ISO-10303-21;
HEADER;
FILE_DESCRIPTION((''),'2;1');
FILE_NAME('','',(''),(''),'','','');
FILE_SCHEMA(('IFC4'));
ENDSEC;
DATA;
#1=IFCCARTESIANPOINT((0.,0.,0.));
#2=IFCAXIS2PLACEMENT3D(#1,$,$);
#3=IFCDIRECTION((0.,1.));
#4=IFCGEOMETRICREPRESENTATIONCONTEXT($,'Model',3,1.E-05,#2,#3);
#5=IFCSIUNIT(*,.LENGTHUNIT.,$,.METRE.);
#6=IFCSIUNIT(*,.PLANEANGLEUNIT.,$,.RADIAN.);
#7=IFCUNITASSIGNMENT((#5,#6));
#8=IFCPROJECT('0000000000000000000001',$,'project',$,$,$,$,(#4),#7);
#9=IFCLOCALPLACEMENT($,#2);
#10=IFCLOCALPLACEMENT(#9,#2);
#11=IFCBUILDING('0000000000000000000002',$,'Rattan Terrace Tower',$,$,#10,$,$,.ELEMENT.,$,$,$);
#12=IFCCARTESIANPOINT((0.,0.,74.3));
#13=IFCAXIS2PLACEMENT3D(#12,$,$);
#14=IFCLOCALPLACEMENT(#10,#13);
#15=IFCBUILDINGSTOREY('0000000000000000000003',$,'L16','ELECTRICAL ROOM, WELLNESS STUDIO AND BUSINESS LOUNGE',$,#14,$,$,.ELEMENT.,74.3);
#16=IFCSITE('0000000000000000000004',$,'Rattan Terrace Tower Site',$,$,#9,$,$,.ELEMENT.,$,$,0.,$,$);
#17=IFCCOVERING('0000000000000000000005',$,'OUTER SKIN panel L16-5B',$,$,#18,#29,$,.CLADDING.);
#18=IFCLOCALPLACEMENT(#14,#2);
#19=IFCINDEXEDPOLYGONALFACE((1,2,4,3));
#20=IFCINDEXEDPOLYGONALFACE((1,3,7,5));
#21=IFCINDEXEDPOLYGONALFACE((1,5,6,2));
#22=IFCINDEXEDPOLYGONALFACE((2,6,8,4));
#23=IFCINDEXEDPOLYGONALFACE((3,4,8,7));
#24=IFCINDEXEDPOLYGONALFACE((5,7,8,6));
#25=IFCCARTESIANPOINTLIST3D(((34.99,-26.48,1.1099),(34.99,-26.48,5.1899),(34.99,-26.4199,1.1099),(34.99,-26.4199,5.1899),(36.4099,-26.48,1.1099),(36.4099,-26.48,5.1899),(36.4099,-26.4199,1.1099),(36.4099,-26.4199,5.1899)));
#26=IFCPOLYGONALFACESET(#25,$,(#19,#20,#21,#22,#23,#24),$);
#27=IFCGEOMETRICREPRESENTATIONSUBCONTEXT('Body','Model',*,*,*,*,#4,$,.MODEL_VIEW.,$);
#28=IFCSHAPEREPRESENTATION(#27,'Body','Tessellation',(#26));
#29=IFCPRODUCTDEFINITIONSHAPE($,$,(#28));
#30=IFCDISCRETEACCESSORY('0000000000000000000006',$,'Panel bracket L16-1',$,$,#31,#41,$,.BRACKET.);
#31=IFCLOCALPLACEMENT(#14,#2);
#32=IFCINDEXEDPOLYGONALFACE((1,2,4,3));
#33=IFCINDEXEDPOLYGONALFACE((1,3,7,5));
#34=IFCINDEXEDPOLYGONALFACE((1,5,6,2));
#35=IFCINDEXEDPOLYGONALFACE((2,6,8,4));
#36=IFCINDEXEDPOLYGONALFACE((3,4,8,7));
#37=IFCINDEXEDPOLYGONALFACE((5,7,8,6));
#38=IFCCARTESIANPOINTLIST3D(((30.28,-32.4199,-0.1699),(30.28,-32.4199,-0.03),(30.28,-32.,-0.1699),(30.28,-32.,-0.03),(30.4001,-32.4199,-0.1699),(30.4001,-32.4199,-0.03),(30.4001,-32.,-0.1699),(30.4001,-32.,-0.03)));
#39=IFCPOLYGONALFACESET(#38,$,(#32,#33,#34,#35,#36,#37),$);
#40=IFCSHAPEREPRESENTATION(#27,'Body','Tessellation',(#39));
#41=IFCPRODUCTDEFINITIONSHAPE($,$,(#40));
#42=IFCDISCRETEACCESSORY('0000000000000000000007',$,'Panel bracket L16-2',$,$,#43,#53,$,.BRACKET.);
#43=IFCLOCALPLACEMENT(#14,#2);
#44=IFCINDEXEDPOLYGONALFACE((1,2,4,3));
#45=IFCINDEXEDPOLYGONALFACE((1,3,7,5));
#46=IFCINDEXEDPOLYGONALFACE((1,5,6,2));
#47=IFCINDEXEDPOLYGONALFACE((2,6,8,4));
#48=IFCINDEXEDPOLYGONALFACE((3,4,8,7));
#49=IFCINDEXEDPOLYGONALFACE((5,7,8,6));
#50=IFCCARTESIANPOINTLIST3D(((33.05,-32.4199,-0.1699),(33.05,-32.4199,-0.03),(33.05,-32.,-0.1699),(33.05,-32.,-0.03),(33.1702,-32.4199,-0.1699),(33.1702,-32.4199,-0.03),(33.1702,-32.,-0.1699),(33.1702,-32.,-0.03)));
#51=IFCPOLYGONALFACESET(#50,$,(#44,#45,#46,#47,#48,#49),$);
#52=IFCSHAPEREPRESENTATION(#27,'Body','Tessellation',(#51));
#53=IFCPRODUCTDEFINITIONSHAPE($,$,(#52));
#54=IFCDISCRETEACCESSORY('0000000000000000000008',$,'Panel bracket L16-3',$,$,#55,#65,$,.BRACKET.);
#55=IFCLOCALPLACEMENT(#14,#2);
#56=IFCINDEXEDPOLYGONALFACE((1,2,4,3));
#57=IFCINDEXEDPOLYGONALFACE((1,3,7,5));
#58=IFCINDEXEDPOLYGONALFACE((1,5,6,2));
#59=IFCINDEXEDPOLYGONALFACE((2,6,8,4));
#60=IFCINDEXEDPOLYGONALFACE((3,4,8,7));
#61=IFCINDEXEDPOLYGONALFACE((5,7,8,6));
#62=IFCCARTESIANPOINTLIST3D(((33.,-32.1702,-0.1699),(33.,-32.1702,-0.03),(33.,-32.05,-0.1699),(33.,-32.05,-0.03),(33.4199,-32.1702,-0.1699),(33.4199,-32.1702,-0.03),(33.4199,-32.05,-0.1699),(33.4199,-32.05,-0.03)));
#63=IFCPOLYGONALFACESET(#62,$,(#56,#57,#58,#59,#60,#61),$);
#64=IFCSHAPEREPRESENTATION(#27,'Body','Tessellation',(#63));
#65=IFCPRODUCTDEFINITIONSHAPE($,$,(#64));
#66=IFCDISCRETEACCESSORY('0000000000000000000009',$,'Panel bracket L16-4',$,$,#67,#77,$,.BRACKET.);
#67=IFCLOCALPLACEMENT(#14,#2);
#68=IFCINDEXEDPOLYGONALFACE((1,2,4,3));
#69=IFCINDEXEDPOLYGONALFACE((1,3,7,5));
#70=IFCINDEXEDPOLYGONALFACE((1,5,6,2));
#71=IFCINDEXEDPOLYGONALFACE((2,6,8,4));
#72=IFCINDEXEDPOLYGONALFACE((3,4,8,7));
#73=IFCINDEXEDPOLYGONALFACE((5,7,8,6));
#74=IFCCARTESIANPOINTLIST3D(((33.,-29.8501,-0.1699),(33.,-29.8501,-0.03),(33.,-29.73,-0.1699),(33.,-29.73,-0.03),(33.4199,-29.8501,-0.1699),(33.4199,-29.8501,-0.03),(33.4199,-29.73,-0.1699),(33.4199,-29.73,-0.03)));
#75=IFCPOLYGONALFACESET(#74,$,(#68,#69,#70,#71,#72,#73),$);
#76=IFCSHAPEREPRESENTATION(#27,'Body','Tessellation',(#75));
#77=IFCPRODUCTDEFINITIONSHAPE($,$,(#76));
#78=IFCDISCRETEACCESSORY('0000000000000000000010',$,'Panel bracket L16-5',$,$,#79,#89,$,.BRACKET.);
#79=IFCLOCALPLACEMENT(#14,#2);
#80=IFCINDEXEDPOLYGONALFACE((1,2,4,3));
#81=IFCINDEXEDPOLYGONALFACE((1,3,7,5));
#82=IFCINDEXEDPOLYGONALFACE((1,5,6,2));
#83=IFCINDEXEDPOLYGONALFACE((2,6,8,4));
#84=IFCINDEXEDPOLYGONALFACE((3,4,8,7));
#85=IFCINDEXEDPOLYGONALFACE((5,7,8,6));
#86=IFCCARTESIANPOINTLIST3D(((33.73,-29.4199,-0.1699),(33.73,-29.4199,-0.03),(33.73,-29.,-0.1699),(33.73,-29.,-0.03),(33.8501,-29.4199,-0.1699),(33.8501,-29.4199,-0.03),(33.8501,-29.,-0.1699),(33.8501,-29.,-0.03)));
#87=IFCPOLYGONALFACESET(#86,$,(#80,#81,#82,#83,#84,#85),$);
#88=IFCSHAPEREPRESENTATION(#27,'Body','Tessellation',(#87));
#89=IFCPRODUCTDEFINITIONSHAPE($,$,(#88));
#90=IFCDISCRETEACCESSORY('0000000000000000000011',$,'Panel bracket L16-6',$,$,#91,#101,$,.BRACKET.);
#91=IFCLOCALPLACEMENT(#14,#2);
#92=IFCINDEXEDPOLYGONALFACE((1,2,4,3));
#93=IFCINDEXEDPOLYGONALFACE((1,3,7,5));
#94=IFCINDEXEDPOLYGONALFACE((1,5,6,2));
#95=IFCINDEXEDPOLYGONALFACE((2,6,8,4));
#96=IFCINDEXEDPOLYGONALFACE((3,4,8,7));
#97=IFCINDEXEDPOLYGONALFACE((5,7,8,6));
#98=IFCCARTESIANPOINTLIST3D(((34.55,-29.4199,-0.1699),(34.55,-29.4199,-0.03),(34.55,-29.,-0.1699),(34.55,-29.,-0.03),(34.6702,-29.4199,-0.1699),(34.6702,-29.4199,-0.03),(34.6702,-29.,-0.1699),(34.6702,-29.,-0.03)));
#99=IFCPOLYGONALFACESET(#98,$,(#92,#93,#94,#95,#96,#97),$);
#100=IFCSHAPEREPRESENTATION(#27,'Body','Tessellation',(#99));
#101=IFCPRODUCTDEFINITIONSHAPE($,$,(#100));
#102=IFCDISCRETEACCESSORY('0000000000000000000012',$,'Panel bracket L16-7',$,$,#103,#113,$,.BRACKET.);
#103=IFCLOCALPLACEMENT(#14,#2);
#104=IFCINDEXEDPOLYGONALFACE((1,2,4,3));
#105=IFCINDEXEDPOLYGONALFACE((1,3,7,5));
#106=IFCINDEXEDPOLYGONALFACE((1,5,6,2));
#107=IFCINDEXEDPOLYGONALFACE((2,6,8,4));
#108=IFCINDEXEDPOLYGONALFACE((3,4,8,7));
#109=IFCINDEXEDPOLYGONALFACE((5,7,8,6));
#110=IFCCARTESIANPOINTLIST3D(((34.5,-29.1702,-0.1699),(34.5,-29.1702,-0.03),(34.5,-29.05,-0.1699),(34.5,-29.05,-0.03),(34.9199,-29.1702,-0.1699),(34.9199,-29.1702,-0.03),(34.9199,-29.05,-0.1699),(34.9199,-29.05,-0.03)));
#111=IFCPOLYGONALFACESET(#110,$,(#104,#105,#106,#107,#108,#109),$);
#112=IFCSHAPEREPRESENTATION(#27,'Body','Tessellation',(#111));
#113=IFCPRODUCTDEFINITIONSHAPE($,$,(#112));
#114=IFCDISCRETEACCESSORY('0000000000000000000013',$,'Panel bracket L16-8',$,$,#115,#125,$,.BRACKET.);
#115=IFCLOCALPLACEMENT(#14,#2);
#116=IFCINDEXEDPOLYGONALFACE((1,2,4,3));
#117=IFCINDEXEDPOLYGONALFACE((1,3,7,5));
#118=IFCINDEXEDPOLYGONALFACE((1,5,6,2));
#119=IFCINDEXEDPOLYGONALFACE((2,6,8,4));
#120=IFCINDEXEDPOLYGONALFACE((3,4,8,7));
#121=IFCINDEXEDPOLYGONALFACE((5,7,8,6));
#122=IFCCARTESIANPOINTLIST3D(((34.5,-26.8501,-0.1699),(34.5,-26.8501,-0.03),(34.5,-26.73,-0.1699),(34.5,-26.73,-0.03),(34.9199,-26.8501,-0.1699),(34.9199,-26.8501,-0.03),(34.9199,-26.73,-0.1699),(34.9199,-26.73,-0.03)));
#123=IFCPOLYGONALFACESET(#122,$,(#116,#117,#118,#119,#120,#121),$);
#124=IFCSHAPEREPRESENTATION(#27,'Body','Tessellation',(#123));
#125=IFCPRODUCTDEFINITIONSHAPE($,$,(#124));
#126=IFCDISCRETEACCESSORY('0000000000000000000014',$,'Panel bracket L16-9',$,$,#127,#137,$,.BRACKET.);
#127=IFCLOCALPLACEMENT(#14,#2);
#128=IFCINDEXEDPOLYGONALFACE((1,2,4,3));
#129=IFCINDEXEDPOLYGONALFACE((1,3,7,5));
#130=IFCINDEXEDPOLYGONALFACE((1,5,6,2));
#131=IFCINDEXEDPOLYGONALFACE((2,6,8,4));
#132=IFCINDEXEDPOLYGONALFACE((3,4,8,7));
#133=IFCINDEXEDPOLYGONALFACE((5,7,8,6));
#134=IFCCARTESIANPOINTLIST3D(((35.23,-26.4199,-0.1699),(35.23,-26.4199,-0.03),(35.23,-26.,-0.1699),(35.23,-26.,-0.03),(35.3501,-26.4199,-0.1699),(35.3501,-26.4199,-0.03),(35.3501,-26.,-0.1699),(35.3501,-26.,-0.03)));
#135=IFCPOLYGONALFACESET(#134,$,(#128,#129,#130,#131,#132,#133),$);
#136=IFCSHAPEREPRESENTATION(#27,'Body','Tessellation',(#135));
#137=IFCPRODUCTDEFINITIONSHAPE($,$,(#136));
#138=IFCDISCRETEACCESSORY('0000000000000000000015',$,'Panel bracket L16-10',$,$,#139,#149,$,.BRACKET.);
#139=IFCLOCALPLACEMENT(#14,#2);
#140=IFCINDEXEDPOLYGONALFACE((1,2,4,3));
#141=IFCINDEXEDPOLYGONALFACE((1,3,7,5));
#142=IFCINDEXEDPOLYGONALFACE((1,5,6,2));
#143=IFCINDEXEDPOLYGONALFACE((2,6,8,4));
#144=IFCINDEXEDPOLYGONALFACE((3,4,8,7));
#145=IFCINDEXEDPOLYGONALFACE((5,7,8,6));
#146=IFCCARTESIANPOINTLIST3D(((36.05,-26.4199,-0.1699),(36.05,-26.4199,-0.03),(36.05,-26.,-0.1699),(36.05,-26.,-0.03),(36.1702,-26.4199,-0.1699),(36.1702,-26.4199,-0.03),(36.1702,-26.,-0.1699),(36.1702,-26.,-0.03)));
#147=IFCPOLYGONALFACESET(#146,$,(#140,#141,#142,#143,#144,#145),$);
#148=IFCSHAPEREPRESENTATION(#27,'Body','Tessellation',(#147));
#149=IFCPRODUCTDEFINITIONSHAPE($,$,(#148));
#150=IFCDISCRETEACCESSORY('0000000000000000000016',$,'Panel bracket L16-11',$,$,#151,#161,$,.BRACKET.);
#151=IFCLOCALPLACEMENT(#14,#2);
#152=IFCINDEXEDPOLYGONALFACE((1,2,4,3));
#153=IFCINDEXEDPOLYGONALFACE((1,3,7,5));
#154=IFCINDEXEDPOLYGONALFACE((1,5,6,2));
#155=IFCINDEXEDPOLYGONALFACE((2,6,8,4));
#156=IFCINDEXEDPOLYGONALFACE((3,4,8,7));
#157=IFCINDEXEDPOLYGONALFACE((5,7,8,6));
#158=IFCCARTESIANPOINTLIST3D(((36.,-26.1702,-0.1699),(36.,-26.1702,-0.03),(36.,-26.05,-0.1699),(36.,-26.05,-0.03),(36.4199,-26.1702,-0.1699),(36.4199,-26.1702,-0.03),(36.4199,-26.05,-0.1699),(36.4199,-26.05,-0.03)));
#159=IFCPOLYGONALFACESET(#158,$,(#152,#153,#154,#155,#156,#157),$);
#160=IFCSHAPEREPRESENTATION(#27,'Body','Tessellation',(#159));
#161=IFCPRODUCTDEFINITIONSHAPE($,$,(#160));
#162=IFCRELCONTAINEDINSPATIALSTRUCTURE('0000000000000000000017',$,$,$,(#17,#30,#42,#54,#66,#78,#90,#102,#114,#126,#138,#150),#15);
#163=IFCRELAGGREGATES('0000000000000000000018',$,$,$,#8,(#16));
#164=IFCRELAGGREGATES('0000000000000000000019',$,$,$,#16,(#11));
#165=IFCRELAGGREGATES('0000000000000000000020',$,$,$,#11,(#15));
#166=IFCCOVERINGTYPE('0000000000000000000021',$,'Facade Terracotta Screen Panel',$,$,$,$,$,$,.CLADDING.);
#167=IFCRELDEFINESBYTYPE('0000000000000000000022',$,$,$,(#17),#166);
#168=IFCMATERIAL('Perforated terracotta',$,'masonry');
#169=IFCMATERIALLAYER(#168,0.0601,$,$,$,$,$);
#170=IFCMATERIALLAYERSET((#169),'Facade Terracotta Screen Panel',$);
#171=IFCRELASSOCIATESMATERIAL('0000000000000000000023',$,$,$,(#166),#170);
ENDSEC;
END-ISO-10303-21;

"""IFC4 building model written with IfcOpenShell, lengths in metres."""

from ifc_helpers import new_model, si_unit, direction, frame, origin, origin_2d, place, context, subcontext, project, spatial, rectangle, extrude, material, layer, layer_set, type_object, element, save


model = new_model("IFC4")

# Units and contexts
model_context = context("Model", 3, precision=1e-05, world=origin(), true_north=direction((0.0, 1.0)))
body_context = subcontext(model_context, "Body", "Model", "MODEL_VIEW")
ifc_project = project(units=[si_unit("LENGTHUNIT", "METRE"), si_unit("PLANEANGLEUNIT", "RADIAN")], contexts=[model_context])

# Site, building, storey
site_placement = place(None, origin())
site = spatial("IfcSite", under=ifc_project, at=site_placement, Name="Rattan Terrace Tower Site", CompositionType="ELEMENT", RefElevation=0.0)
building_placement = place(site_placement, origin())
building = spatial("IfcBuilding", under=site, at=building_placement, Name="Rattan Terrace Tower", CompositionType="ELEMENT")
storey_placement = place(building_placement, frame((0.0, 0.0, 74.3)))
storey = spatial("IfcBuildingStorey", under=building, at=storey_placement, Name="L16", Description="ELECTRICAL ROOM, WELLNESS STUDIO AND BUSINESS LOUNGE", CompositionType="ELEMENT", Elevation=74.3)

# Covering
ifc_material_1 = material(Name="Perforated terracotta", Category="masonry")
ifc_layer_1 = layer(ifc_material_1, 0.0601)
ifc_layer_set_1 = layer_set([ifc_layer_1], Name="Facade Terracotta Screen Panel")
covering_type_1 = type_object("IfcCoveringType", Name="Facade Terracotta Screen Panel", PredefinedType="CLADDING", material=ifc_layer_set_1)
covering_1_placement = place(storey_placement, frame((35.7, -26.45, 1.1099), z_axis=(0.0, 0.0, 1.0), x_axis=(1.0, 0.0, 0.0)))
element("IfcCovering", 1, at=covering_1_placement, inside=storey, type_object=covering_type_1, Name="OUTER SKIN panel L16-5B", PredefinedType="CLADDING", context=body_context, shape_type="SweptSolid", body=[
    extrude(rectangle(XDim=1.4199, YDim=0.0601, at=origin_2d()), origin(), (0.0, 0.0, 1.0), 4.0801),
])

# Discrete accessories
for number, where, z_axis, x_axis, name in (
    (2, (30.3401, -32.21, -0.1699), (0.0, 0.0, 1.0), (1.0, 0.0, 0.0), "Panel bracket L16-1"),
    (3, (33.1101, -32.21, -0.1699), (0.0, 0.0, 1.0), (1.0, 0.0, 0.0), "Panel bracket L16-2"),
    (4, (33.21, -32.1101, -0.1699), (0.0, 0.0, 1.0), (0.0, 1.0, 0.0), "Panel bracket L16-3"),
    (5, (33.21, -29.79, -0.1699), (0.0, 0.0, 1.0), (0.0, 1.0, 0.0), "Panel bracket L16-4"),
    (6, (33.79, -29.21, -0.1699), (0.0, 0.0, 1.0), (1.0, 0.0, 0.0), "Panel bracket L16-5"),
    (7, (34.6101, -29.21, -0.1699), (0.0, 0.0, 1.0), (1.0, 0.0, 0.0), "Panel bracket L16-6"),
    (8, (34.71, -29.1101, -0.1699), (0.0, 0.0, 1.0), (0.0, 1.0, 0.0), "Panel bracket L16-7"),
    (9, (34.71, -26.79, -0.1699), (0.0, 0.0, 1.0), (0.0, 1.0, 0.0), "Panel bracket L16-8"),
    (10, (35.29, -26.21, -0.1699), (0.0, 0.0, 1.0), (1.0, 0.0, 0.0), "Panel bracket L16-9"),
    (11, (36.1101, -26.21, -0.1699), (0.0, 0.0, 1.0), (1.0, 0.0, 0.0), "Panel bracket L16-10"),
    (12, (36.21, -26.1101, -0.1699), (0.0, 0.0, 1.0), (0.0, 1.0, 0.0), "Panel bracket L16-11"),
):
    element("IfcDiscreteAccessory", number, at=place(storey_placement, frame(where, z_axis=z_axis, x_axis=x_axis)), inside=storey, Name=name, PredefinedType="BRACKET", context=body_context, shape_type="SweptSolid", body=[
        extrude(rectangle(XDim=0.1201, YDim=0.4199, at=origin_2d()), origin(), (0.0, 0.0, 1.0), 0.1399),
    ])

save(model, "model.ifc")
